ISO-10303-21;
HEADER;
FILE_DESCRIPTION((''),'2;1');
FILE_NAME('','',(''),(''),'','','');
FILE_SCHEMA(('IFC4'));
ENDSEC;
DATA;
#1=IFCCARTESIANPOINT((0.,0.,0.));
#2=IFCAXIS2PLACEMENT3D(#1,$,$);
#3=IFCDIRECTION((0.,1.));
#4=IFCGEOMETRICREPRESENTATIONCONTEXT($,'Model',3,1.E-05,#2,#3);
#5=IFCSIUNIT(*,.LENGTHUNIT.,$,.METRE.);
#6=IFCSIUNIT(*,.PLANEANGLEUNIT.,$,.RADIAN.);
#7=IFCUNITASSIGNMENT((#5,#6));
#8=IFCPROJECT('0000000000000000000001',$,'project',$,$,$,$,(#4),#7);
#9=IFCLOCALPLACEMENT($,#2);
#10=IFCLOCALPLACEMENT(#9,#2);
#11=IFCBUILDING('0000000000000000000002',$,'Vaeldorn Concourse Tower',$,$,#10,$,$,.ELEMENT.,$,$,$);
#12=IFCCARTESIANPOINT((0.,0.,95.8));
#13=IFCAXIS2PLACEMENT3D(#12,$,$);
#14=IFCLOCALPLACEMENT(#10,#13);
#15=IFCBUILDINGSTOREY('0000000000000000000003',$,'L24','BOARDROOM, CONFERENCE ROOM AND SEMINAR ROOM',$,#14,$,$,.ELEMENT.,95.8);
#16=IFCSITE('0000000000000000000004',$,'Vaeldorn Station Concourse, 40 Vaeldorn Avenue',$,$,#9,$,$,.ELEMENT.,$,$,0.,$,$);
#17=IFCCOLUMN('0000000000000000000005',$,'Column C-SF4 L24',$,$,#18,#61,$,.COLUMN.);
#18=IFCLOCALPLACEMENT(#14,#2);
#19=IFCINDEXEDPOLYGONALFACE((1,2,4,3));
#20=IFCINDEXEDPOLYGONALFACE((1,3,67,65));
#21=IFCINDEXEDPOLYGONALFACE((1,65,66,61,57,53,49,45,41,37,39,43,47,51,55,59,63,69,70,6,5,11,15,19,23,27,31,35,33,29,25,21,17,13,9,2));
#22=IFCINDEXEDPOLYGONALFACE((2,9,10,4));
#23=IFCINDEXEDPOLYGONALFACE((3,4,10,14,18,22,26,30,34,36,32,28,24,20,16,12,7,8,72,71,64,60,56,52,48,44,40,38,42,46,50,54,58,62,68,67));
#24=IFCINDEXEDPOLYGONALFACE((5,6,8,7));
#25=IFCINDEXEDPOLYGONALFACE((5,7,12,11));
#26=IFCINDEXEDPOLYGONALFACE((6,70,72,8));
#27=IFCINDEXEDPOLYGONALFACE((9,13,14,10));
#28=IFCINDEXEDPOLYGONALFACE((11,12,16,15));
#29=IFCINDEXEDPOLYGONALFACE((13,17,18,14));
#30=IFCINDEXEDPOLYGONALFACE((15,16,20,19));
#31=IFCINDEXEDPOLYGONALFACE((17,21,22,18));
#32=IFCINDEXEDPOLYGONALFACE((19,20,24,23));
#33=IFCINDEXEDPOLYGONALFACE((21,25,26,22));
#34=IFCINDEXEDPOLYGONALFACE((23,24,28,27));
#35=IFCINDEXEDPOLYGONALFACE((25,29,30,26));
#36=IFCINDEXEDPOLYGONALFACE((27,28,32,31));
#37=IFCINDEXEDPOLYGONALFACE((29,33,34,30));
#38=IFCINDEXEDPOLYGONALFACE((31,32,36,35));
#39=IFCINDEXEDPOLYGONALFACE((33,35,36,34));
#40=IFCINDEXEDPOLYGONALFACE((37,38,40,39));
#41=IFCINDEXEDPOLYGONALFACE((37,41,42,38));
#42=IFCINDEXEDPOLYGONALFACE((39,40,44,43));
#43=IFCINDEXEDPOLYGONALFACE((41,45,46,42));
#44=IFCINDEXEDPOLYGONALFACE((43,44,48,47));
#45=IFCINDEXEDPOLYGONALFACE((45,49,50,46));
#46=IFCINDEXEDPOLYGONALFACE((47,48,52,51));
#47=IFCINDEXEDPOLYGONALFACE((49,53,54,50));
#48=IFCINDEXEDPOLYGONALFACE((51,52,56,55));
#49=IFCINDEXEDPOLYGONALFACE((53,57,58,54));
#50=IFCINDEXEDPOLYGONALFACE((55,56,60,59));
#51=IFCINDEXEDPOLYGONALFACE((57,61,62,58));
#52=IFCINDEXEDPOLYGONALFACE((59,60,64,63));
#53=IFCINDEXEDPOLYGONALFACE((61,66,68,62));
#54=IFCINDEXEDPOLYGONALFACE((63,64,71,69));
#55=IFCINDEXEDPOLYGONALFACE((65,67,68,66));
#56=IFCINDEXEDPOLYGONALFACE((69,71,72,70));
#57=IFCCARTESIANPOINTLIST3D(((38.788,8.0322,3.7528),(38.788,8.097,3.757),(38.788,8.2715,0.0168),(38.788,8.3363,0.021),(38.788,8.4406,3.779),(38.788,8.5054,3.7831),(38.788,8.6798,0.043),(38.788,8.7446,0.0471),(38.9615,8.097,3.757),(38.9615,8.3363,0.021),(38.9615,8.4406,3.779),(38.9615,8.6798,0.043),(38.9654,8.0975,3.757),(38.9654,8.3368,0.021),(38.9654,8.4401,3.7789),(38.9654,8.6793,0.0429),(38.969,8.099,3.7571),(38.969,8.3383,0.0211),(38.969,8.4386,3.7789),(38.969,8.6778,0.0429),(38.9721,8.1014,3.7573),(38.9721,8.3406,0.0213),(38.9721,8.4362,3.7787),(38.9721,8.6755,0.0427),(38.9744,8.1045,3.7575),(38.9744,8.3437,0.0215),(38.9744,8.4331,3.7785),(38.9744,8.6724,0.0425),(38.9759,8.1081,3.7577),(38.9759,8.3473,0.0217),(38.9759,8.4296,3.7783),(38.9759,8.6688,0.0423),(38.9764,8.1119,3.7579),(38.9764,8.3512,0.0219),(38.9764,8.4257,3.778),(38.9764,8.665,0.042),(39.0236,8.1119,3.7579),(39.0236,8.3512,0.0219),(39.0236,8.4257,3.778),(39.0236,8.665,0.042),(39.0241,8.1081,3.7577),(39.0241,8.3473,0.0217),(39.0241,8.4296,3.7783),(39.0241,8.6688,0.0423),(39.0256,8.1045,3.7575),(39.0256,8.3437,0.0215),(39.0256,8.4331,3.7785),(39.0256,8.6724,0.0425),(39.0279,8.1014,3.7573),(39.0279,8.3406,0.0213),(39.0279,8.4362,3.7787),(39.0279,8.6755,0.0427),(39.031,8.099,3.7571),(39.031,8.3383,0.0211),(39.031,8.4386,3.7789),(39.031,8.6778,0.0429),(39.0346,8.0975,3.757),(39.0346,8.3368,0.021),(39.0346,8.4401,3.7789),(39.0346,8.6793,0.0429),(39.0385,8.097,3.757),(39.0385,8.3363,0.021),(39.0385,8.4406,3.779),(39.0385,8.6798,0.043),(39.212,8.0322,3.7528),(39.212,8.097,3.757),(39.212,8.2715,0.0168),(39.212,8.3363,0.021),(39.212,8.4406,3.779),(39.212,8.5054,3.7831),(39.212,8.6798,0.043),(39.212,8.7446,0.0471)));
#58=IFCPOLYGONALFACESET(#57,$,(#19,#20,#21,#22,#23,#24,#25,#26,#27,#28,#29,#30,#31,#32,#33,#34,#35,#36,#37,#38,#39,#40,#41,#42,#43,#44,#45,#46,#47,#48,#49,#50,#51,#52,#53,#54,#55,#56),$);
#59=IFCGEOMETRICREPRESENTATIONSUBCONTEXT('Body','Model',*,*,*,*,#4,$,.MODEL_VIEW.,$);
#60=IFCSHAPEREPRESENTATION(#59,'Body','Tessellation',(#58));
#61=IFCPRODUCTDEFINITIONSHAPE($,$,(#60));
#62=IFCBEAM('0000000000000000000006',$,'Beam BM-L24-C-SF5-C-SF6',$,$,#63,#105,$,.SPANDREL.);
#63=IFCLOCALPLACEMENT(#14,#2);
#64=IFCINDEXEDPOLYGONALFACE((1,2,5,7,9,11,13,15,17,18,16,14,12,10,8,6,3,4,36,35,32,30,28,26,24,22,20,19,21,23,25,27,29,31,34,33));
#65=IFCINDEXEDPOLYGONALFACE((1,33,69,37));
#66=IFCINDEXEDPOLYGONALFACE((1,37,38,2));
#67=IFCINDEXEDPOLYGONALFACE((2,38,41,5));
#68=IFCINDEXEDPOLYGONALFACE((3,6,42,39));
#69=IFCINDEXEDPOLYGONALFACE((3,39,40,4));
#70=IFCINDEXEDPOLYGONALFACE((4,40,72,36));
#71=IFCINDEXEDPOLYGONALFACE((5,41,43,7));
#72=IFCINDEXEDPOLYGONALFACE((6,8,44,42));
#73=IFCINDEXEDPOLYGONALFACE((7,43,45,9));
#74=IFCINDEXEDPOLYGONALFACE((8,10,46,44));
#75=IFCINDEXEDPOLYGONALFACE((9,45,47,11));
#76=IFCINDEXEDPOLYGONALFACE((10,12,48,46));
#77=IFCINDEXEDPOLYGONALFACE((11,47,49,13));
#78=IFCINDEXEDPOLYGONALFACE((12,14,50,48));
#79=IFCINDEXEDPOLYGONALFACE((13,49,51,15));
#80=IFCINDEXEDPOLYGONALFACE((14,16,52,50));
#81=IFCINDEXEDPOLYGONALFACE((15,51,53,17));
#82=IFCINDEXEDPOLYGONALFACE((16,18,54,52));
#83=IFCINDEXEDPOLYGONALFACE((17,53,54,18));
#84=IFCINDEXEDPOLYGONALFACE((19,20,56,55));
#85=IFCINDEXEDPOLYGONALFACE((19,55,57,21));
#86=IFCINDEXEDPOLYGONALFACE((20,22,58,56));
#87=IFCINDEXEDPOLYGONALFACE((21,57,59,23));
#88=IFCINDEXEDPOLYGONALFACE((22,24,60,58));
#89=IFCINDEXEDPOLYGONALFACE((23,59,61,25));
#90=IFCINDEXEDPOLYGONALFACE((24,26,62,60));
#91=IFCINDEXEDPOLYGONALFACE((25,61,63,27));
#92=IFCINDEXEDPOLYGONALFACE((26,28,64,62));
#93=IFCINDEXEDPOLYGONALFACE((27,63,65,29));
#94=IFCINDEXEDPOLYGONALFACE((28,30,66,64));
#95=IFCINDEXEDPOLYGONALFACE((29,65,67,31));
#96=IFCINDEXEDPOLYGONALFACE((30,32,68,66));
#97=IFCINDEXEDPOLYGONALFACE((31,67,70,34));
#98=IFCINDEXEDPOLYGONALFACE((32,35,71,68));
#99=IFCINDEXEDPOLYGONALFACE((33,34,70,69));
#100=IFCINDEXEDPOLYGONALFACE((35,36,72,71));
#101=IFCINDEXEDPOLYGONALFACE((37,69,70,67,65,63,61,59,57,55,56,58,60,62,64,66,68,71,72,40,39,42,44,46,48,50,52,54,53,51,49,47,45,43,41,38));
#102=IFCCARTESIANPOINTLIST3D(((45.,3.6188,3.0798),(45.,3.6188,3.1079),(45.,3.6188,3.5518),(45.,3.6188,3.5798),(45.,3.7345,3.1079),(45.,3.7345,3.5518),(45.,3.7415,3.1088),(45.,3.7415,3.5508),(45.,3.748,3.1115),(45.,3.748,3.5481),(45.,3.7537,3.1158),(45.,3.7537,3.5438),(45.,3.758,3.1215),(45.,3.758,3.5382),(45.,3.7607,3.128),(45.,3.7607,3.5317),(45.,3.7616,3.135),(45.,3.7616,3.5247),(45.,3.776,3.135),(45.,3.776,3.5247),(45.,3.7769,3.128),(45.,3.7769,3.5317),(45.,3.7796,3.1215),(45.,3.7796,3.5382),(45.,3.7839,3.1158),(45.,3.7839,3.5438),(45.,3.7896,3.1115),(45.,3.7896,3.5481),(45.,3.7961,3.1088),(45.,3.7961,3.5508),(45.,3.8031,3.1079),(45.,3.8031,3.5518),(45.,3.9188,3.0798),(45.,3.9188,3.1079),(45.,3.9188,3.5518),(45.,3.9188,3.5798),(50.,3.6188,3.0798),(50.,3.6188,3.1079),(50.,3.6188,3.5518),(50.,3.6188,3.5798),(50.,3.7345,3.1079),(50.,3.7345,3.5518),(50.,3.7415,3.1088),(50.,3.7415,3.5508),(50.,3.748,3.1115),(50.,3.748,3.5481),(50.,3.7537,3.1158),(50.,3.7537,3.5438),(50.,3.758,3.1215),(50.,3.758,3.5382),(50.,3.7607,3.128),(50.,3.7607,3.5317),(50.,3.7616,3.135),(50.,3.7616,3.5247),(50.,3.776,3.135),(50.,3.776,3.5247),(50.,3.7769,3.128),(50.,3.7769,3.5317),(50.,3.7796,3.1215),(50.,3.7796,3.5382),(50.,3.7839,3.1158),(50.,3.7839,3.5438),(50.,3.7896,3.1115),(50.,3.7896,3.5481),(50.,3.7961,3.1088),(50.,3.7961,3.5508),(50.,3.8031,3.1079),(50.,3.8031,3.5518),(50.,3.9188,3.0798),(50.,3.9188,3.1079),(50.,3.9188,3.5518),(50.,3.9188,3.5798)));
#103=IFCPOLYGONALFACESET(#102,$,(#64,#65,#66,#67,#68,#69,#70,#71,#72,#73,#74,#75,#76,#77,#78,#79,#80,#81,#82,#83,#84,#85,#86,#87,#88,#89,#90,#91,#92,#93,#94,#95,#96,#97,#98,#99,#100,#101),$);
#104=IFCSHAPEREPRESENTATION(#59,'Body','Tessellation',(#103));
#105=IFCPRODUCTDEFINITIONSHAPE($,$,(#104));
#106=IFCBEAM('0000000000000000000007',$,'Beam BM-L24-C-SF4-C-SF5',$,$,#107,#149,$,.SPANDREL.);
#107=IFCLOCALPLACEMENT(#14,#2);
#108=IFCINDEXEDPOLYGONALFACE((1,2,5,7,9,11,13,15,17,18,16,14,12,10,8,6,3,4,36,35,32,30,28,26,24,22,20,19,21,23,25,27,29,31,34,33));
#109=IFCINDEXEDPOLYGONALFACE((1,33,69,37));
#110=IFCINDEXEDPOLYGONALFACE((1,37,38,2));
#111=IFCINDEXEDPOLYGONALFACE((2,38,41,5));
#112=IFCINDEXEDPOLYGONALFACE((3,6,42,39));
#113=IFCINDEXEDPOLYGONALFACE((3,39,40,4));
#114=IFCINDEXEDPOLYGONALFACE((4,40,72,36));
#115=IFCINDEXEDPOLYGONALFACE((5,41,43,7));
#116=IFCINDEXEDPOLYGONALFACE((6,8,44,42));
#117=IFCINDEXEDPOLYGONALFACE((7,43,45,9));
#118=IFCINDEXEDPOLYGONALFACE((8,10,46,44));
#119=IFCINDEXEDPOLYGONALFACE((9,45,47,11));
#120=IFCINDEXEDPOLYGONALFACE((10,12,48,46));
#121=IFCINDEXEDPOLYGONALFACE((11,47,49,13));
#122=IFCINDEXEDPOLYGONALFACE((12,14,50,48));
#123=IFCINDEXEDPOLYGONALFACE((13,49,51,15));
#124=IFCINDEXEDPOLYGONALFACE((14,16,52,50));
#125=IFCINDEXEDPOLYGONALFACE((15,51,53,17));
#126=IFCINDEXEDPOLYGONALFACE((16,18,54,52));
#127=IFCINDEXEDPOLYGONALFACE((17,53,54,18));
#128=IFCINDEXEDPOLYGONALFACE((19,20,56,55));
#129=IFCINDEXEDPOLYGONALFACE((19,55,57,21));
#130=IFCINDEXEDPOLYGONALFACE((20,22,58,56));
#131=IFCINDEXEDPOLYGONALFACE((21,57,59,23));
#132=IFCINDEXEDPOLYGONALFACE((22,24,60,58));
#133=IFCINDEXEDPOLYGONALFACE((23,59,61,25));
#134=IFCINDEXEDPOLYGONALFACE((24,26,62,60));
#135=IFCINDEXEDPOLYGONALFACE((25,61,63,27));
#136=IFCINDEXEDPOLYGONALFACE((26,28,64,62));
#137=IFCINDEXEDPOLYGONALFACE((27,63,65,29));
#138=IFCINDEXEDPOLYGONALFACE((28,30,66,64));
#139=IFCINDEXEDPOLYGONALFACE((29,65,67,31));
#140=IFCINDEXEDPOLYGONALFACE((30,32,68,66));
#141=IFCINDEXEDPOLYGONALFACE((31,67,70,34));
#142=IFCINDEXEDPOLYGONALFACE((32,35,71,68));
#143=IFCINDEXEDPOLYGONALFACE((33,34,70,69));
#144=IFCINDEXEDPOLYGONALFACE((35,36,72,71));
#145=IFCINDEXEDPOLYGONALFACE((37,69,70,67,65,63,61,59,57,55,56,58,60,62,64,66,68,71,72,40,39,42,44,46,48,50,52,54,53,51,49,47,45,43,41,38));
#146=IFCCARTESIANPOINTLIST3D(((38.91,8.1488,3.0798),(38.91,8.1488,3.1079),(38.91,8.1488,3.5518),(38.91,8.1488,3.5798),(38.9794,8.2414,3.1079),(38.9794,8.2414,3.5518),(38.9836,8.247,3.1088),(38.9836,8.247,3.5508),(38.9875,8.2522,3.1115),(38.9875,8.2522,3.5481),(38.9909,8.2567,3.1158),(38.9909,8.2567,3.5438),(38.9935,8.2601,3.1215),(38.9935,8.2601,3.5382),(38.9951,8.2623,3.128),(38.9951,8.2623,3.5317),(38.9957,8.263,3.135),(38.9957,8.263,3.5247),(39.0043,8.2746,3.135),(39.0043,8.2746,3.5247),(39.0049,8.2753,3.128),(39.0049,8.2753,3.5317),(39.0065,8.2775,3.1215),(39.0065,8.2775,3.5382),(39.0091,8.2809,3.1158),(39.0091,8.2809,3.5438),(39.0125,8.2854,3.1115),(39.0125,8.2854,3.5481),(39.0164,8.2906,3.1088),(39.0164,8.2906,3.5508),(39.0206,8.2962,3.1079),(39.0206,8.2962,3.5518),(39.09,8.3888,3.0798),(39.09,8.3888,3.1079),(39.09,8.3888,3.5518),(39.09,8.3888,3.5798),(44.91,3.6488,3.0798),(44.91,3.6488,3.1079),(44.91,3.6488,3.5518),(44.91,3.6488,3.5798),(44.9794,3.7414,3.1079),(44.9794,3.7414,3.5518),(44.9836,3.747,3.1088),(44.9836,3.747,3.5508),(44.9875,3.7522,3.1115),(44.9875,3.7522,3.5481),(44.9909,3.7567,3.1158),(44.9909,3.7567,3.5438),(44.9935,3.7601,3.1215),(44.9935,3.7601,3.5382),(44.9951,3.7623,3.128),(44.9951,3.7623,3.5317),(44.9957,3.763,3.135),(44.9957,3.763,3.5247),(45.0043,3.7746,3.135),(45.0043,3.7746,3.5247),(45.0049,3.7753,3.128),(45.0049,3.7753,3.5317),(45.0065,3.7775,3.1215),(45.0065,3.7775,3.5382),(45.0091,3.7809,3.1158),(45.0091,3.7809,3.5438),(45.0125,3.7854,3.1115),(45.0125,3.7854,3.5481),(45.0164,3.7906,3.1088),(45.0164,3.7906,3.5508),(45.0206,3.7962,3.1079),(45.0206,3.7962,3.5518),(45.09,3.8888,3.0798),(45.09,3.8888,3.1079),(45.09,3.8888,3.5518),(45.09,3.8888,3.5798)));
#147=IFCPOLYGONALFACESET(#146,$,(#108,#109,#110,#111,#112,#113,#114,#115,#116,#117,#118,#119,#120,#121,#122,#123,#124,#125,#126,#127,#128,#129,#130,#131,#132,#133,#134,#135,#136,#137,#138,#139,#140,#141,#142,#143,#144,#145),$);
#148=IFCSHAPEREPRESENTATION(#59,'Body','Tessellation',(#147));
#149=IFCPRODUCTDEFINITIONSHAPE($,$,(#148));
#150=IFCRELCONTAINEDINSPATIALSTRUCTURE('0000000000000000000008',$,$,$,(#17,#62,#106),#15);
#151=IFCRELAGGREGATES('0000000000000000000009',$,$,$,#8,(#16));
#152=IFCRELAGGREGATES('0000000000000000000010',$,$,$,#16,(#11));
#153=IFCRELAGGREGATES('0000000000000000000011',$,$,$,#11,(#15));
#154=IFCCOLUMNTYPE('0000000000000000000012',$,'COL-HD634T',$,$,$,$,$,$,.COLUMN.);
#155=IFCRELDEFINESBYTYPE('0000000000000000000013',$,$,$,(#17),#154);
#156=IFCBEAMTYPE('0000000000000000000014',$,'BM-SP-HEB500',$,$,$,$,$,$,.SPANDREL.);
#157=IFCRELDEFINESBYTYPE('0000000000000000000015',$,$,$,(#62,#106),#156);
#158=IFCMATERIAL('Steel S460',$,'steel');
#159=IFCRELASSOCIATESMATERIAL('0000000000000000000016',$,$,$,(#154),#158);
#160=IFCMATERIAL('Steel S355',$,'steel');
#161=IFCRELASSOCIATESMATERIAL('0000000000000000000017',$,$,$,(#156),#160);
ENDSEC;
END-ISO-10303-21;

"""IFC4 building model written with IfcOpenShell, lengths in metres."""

from ifc_helpers import new_model, si_unit, direction, frame, origin, origin_2d, place, context, subcontext, project, spatial, i_section, extrude, source, transform, mapped, material, material_profile, profile_set, type_object, element, save


model = new_model("IFC4")

# Units and contexts
model_context = context("Model", 3, precision=1e-05, world=origin(), true_north=direction((0.0, 1.0)))
body_context = subcontext(model_context, "Body", "Model", "MODEL_VIEW")
ifc_project = project(units=[si_unit("LENGTHUNIT", "METRE"), si_unit("PLANEANGLEUNIT", "RADIAN")], contexts=[model_context])

# Site, building, storey
site_placement = place(None, origin())
site = spatial("IfcSite", under=ifc_project, at=site_placement, Name="Vaeldorn Station Concourse, 40 Vaeldorn Avenue", CompositionType="ELEMENT", RefElevation=0.0)
building_placement = place(site_placement, origin())
building = spatial("IfcBuilding", under=site, at=building_placement, Name="Vaeldorn Concourse Tower", CompositionType="ELEMENT")
storey_placement = place(building_placement, frame((0.0, 0.0, 95.8)))
storey = spatial("IfcBuildingStorey", under=building, at=storey_placement, Name="L24", Description="BOARDROOM, CONFERENCE ROOM AND SEMINAR ROOM", CompositionType="ELEMENT", Elevation=95.8)

# Column
ifc_material_1 = material(Name="Steel S460", Category="steel")
ifc_material_profile_1 = material_profile(ifc_material_1, i_section(OverallWidth=0.4241, OverallDepth=0.4741, WebThickness=0.0471, FlangeThickness=0.0649, FilletRadius=0.0149, at=origin_2d()), Name="HD 400x634")
ifc_profile_set_1 = profile_set([ifc_material_profile_1], Name="Steel S460")
column_type = type_object("IfcColumnType", Name="COL-HD634T", PredefinedType="COLUMN", material=ifc_profile_set_1)
shared_shape_1 = source(origin(), body_context, "Body", "SweptSolid", [
    extrude(i_section(OverallWidth=0.4241, OverallDepth=0.4741, WebThickness=0.0471, FlangeThickness=0.0649, FilletRadius=0.0149, at=origin_2d()), origin(), (0.0, 0.0, 1.0), 3.7437),
])
column_placement = place(storey_placement, frame((39.0, 8.5081, 0.032), z_axis=(0.0, -0.063909, 0.997956), x_axis=(1.0, 0.0, 0.0)))
element("IfcColumn", 1, at=column_placement, inside=storey, type_object=column_type, Name="Column C-SF4 L24", PredefinedType="COLUMN", context=body_context, shape_type="MappedRepresentation", body=[
    mapped(shared_shape_1, transform((0.0, 0.0, 0.0), scale=1.0)),
])

# Beams
ifc_material_2 = material(Name="Steel S355", Category="steel")
ifc_material_profile_2 = material_profile(ifc_material_2, i_section(OverallWidth=0.3, OverallDepth=0.5, WebThickness=0.0144, FlangeThickness=0.0281, FilletRadius=0.0271, at=origin_2d()), Name="HEB 500")
ifc_profile_set_2 = profile_set([ifc_material_profile_2], Name="Steel S355")
beam_type_1 = type_object("IfcBeamType", Name="BM-SP-HEB500", PredefinedType="SPANDREL", material=ifc_profile_set_2)
shared_shape_2 = source(origin(), body_context, "Body", "SweptSolid", [
    extrude(i_section(OverallWidth=0.3, OverallDepth=0.5, WebThickness=0.0144, FlangeThickness=0.0281, FilletRadius=0.0271, at=origin_2d()), origin(), (0.0, 0.0, 1.0), 5.0),
])
beam_1_placement = place(storey_placement, frame((45.0, 3.7688, 3.3298), z_axis=(1.0, 0.0, 0.0), x_axis=(0.0, 1.0, 0.0)))
element("IfcBeam", 2, at=beam_1_placement, inside=storey, type_object=beam_type_1, Name="Beam BM-L24-C-SF5-C-SF6", PredefinedType="SPANDREL", context=body_context, shape_type="MappedRepresentation", body=[
    mapped(shared_shape_2, transform((0.0, 0.0, 0.0), scale=1.0)),
])
shared_shape_3 = source(origin(), body_context, "Body", "SweptSolid", [
    extrude(i_section(OverallWidth=0.3, OverallDepth=0.5, WebThickness=0.0144, FlangeThickness=0.0281, FilletRadius=0.0271, at=origin_2d()), origin(), (0.0, 0.0, 1.0), 7.5),
])
beam_2_placement = place(storey_placement, frame((39.0, 8.2688, 3.3298), z_axis=(0.8, -0.6, 0.0), x_axis=(0.6, 0.8, 0.0)))
element("IfcBeam", 3, at=beam_2_placement, inside=storey, type_object=beam_type_1, Name="Beam BM-L24-C-SF4-C-SF5", PredefinedType="SPANDREL", context=body_context, shape_type="MappedRepresentation", body=[
    mapped(shared_shape_3, transform((0.0, 0.0, 0.0), scale=1.0)),
])

save(model, "model.ifc")
